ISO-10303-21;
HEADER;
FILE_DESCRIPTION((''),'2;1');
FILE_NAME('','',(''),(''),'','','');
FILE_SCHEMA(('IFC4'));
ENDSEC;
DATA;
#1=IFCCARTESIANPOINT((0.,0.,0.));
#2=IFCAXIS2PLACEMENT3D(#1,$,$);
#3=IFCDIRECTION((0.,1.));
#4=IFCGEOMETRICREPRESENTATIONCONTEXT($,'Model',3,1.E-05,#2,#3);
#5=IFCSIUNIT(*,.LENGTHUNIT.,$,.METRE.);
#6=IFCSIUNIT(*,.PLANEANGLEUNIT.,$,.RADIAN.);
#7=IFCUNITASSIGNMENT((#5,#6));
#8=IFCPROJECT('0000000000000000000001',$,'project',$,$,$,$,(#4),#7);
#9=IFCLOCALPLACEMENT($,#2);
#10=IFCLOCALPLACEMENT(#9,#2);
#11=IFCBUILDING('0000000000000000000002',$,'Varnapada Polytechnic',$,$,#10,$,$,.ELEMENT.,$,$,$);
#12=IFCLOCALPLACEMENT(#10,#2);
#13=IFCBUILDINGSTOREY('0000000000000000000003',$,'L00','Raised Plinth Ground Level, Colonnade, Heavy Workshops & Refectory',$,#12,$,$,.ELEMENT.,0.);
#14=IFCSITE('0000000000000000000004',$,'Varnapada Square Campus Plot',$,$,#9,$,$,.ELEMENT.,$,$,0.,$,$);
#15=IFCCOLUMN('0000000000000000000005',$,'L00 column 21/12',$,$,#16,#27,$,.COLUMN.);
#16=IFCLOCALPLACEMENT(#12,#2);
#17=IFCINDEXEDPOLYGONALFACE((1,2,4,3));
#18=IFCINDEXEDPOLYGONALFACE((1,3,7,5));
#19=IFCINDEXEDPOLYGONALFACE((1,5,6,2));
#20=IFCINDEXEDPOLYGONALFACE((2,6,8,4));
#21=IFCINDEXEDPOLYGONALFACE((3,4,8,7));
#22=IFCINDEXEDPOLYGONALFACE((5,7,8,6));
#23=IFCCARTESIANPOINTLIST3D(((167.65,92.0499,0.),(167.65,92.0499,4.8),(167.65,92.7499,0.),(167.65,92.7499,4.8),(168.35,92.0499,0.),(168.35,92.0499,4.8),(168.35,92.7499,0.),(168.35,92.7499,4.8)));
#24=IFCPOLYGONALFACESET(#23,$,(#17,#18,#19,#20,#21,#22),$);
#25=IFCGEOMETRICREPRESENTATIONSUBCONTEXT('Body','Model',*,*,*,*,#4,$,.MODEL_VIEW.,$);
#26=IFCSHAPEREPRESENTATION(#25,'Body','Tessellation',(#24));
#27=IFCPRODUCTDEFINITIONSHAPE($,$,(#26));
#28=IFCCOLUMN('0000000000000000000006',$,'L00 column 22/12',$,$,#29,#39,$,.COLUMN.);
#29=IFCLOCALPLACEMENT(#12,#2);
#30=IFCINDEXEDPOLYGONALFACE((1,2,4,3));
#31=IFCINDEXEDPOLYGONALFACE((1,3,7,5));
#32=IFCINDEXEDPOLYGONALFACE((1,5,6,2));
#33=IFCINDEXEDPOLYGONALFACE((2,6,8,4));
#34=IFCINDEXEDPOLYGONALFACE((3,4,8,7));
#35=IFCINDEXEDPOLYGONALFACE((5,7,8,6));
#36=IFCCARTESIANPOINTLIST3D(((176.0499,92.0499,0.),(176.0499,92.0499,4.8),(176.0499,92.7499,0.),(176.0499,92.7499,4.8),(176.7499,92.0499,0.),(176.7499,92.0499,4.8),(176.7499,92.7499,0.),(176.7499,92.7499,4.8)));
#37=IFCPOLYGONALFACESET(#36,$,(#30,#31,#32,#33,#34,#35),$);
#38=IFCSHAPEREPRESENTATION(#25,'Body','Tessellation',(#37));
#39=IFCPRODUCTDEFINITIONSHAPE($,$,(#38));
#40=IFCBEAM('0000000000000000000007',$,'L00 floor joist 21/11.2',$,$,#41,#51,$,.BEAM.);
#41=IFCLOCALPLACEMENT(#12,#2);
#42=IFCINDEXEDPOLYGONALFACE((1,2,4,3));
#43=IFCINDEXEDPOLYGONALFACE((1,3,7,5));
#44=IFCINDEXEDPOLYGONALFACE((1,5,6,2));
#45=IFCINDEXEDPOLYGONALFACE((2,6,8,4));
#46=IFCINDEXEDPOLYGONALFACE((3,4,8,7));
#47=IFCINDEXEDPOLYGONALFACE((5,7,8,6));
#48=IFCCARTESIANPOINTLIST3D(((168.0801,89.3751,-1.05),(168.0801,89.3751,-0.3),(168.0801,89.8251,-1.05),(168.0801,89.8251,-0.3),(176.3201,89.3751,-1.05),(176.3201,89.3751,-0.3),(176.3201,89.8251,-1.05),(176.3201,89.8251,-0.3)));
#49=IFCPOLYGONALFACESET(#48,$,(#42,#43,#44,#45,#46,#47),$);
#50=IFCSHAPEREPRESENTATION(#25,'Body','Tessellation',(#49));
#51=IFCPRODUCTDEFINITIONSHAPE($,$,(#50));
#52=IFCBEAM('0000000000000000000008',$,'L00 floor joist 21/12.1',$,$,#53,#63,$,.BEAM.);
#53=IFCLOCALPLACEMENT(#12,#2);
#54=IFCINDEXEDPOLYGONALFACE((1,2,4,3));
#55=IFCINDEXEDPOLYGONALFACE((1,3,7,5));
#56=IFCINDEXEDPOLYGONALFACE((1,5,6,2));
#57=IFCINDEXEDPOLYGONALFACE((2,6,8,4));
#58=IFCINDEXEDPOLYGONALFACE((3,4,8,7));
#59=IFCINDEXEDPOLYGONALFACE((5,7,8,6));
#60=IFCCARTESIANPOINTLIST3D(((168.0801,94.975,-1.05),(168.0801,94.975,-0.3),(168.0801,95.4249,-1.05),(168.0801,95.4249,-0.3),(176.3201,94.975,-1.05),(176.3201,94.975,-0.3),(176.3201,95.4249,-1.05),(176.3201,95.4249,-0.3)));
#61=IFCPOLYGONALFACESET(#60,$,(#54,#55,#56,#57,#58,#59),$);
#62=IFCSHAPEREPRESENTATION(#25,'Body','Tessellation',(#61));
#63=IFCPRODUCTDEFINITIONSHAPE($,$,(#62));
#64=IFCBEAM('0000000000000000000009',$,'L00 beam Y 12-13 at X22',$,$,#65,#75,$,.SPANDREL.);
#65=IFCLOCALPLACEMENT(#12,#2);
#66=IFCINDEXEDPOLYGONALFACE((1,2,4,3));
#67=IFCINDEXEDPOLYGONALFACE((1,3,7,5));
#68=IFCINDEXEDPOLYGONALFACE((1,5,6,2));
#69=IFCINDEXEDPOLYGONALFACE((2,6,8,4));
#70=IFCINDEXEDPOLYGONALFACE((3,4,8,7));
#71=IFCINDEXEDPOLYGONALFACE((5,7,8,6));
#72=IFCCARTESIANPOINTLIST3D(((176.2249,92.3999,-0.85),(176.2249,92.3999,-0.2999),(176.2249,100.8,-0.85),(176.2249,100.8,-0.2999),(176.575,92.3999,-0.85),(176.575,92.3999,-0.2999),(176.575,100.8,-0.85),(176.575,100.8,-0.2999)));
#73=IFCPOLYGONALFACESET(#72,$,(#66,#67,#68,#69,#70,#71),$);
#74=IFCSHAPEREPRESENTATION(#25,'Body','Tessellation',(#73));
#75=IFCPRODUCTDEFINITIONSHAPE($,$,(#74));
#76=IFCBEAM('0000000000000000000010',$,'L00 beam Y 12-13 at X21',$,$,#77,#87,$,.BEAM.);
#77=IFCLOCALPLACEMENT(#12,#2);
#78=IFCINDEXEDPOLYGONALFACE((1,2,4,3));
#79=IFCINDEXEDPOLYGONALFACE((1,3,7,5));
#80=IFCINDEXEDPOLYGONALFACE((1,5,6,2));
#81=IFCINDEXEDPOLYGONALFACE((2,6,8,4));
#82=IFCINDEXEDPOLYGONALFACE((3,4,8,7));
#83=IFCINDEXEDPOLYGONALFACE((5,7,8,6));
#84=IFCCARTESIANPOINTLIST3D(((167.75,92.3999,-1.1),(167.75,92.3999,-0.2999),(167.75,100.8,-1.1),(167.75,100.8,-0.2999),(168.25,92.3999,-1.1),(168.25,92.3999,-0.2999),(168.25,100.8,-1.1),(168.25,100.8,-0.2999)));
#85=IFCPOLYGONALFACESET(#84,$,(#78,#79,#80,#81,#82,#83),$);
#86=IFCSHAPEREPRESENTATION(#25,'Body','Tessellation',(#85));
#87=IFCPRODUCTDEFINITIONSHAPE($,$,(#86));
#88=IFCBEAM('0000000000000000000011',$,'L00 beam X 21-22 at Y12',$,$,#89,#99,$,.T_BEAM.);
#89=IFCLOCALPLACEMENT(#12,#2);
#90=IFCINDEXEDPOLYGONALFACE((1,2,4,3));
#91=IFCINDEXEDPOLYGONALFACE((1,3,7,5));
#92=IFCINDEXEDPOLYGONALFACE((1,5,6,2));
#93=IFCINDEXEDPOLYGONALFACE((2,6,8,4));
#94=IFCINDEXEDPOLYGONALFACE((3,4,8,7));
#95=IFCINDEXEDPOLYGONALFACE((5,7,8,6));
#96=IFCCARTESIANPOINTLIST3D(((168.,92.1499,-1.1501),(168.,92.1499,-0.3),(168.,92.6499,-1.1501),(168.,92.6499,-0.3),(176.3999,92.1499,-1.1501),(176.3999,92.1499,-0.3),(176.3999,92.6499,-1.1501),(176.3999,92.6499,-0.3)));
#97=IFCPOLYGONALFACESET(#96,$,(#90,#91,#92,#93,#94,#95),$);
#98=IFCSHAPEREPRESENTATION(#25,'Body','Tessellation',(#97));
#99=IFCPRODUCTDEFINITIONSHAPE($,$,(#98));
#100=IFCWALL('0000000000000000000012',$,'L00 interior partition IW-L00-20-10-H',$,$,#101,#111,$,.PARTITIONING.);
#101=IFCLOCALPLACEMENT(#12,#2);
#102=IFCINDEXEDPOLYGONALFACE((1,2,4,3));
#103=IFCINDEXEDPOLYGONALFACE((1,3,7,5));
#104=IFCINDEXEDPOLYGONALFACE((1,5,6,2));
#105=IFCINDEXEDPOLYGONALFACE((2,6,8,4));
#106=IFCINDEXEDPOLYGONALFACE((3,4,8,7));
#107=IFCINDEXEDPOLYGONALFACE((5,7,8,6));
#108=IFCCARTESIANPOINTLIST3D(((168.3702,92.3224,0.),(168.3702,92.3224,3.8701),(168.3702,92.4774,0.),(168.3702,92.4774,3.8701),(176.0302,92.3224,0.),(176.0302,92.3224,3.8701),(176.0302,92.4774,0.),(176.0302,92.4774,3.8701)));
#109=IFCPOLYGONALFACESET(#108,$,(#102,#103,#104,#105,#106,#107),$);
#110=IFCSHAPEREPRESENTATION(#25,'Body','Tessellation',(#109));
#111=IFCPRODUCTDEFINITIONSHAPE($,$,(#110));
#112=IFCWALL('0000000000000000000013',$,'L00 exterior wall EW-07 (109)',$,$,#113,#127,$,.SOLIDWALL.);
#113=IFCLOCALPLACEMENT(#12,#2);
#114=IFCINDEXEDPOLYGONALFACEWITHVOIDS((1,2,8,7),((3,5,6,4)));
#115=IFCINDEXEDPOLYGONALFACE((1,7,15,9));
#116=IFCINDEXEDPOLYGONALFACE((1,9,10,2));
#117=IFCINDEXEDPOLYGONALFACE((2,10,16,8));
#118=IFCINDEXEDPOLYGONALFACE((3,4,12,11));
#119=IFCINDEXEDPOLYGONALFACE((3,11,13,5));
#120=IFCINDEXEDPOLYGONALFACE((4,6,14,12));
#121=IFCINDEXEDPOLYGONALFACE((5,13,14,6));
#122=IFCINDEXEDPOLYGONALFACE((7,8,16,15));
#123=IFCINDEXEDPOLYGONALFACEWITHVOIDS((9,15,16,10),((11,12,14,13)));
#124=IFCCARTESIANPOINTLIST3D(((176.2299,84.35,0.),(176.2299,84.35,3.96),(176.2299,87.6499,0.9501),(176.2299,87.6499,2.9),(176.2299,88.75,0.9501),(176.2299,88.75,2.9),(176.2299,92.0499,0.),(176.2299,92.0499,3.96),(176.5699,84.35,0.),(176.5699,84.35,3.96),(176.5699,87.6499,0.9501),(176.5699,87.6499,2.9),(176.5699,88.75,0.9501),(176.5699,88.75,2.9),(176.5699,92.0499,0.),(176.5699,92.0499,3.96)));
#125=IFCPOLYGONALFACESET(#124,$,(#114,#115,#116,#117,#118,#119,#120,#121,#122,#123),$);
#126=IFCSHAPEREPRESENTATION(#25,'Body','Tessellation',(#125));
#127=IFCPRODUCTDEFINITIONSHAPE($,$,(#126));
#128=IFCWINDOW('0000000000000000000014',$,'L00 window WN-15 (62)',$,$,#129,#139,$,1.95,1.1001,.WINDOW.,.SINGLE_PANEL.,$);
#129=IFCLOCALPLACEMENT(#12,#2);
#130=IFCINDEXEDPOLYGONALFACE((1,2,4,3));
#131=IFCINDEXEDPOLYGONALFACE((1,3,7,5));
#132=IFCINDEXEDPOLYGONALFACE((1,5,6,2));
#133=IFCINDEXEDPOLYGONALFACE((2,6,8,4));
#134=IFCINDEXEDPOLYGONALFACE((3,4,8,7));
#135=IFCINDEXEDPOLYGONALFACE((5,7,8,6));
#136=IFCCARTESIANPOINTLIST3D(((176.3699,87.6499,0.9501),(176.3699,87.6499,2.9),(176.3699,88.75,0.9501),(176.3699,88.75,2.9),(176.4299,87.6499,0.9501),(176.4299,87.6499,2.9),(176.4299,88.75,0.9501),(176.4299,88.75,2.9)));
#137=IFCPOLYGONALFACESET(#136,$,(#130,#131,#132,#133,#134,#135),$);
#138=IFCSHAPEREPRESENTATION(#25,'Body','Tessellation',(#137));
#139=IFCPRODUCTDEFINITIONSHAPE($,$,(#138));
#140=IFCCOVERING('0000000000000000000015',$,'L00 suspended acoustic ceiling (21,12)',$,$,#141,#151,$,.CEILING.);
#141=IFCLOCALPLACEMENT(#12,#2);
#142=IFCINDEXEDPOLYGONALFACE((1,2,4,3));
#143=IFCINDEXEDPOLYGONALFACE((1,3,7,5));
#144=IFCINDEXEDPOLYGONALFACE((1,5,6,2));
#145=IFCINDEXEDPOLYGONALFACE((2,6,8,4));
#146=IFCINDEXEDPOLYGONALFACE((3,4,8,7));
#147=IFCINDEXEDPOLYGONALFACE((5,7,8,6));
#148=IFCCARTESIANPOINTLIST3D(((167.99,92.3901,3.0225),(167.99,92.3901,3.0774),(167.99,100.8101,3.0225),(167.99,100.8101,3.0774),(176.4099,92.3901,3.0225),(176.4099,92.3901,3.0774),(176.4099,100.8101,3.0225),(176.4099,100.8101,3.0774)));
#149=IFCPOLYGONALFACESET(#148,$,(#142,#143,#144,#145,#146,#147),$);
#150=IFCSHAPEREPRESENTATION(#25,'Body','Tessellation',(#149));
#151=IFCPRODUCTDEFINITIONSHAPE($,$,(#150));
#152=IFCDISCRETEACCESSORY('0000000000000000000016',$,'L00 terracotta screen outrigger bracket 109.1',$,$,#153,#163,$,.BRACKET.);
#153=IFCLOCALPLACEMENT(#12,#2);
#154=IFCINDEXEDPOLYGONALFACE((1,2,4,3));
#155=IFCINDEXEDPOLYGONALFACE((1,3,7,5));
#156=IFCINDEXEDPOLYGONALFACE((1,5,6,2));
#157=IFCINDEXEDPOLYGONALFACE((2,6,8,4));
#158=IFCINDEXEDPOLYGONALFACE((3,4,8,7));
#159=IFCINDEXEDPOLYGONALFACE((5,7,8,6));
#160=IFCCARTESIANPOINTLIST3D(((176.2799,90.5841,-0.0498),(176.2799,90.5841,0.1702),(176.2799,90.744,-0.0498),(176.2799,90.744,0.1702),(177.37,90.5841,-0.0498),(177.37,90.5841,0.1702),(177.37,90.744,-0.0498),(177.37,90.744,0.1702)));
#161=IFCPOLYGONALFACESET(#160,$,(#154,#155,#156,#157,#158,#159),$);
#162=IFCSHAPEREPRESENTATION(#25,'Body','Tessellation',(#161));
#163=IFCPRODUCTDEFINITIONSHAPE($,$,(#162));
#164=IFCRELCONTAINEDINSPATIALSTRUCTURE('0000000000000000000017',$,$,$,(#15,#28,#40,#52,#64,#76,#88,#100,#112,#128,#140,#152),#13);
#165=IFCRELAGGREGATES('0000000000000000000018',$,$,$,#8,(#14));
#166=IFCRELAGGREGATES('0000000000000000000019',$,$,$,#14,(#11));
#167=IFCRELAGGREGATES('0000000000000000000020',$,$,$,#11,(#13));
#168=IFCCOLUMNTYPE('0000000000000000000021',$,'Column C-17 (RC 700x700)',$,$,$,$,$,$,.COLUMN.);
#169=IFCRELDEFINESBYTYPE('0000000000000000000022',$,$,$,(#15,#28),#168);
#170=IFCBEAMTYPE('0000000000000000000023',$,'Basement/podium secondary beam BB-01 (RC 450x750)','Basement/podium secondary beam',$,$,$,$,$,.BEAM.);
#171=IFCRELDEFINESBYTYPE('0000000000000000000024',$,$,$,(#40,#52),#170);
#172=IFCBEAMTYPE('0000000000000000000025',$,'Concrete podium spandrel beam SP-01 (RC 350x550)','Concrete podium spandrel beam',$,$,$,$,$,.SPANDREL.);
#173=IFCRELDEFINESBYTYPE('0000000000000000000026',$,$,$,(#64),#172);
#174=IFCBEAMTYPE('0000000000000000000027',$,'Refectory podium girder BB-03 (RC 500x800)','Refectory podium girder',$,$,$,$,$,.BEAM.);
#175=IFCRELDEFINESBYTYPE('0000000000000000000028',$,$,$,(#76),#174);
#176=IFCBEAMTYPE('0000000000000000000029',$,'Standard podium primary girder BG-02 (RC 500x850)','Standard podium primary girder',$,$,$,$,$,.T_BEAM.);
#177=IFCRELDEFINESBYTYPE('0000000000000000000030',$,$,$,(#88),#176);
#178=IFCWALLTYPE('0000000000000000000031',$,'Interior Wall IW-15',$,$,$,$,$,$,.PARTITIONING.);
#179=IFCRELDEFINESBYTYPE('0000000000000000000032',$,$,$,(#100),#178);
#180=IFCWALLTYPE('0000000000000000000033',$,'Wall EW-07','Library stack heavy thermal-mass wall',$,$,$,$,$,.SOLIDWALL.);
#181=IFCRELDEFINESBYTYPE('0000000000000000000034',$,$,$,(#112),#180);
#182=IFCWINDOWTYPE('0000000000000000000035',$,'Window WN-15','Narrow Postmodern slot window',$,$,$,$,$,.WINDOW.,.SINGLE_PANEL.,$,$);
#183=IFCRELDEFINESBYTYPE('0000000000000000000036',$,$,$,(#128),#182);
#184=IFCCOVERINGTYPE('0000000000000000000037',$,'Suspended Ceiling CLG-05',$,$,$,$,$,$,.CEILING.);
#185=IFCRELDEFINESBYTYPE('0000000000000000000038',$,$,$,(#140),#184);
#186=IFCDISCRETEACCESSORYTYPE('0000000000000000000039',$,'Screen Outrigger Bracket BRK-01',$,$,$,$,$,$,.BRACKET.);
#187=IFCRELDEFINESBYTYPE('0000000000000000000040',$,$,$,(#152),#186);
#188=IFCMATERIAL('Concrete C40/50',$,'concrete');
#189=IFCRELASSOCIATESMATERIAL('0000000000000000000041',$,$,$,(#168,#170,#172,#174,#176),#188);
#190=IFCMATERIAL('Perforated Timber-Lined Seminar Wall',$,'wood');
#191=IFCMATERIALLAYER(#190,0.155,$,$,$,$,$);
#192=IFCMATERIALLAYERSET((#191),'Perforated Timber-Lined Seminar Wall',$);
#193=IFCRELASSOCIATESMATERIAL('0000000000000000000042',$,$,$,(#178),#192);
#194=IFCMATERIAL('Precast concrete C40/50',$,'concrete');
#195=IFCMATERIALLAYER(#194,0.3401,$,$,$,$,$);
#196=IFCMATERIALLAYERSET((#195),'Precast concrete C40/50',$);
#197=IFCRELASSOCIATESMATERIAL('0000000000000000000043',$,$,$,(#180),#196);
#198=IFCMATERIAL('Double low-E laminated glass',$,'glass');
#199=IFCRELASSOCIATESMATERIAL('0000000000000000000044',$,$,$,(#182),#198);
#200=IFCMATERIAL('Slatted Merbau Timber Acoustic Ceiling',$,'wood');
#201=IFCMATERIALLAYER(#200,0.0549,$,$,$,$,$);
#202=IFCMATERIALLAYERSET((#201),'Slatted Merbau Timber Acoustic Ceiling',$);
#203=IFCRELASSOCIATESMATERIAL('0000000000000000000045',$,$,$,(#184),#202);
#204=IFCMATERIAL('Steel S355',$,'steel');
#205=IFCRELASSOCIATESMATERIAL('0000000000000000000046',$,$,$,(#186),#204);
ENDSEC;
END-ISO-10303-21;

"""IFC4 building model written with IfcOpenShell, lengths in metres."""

from ifc_helpers import new_model, si_unit, direction, frame, frame_2d, origin, origin_2d, place, context, subcontext, project, spatial, rectangle, extrude, material, layer, layer_set, material_profile, profile_set, type_object, element, fill, save


model = new_model("IFC4")

# Units and contexts
model_context = context("Model", 3, precision=1e-05, world=origin(), true_north=direction((0.0, 1.0)))
body_context = subcontext(model_context, "Body", "Model", "MODEL_VIEW")
ifc_project = project(units=[si_unit("LENGTHUNIT", "METRE"), si_unit("PLANEANGLEUNIT", "RADIAN")], contexts=[model_context])

# Site, building, storey
site_placement = place(None, origin())
site = spatial("IfcSite", under=ifc_project, at=site_placement, Name="Varnapada Square Campus Plot", CompositionType="ELEMENT", RefElevation=0.0)
building_placement = place(site_placement, origin())
building = spatial("IfcBuilding", under=site, at=building_placement, Name="Varnapada Polytechnic", CompositionType="ELEMENT")
storey_placement = place(building_placement, origin())
storey = spatial("IfcBuildingStorey", under=building, at=storey_placement, Name="L00", Description="Raised Plinth Ground Level, Colonnade, Heavy Workshops & Refectory", CompositionType="ELEMENT", Elevation=0.0)

# Columns
ifc_material_1 = material(Name="Concrete C40/50", Category="concrete")
ifc_material_profile_1 = material_profile(ifc_material_1, rectangle(XDim=0.7, YDim=0.7, at=origin_2d()), Name="RC 700x700")
ifc_profile_set_1 = profile_set([ifc_material_profile_1], Name="Concrete C40/50")
column_type = type_object("IfcColumnType", Name="Column C-17 (RC 700x700)", PredefinedType="COLUMN", material=ifc_profile_set_1)
for number, where, z_axis, x_axis, name in (
    (1, (168.0, 92.3999, 0.0), (0.0, 0.0, 1.0), (1.0, 0.0, 0.0), "L00 column 21/12"),
    (2, (176.3999, 92.3999, 0.0), (0.0, 0.0, 1.0), (1.0, 0.0, 0.0), "L00 column 22/12"),
):
    element("IfcColumn", number, at=place(storey_placement, frame(where, z_axis=z_axis, x_axis=x_axis)), inside=storey, type_object=column_type, Name=name, PredefinedType="COLUMN", context=body_context, shape_type="SweptSolid", body=[
        extrude(rectangle(XDim=0.7, YDim=0.7, at=origin_2d()), origin(), (0.0, 0.0, 1.0), 4.8),
    ])

# Beams
ifc_material_profile_2 = material_profile(ifc_material_1, rectangle(XDim=0.45, YDim=0.75, at=origin_2d()), Name="RC 450x750")
ifc_profile_set_2 = profile_set([ifc_material_profile_2], Name="Concrete C40/50")
beam_type_1 = type_object("IfcBeamType", Name="Basement/podium secondary beam BB-01 (RC 450x750)", Description="Basement/podium secondary beam", PredefinedType="BEAM", material=ifc_profile_set_2)
for number, where, z_axis, x_axis, name in (
    (3, (168.0801, 89.6001, -0.675), (1.0, 0.0, 0.0), (0.0, 1.0, 0.0), "L00 floor joist 21/11.2"),
    (4, (168.0801, 95.2, -0.675), (1.0, 0.0, 0.0), (0.0, 1.0, 0.0), "L00 floor joist 21/12.1"),
):
    element("IfcBeam", number, at=place(storey_placement, frame(where, z_axis=z_axis, x_axis=x_axis)), inside=storey, type_object=beam_type_1, Name=name, PredefinedType="BEAM", context=body_context, shape_type="SweptSolid", body=[
        extrude(rectangle(XDim=0.45, YDim=0.75, at=origin_2d()), origin(), (0.0, 0.0, 1.0), 8.24),
    ])
ifc_material_profile_3 = material_profile(ifc_material_1, rectangle(XDim=0.3501, YDim=0.55, at=origin_2d()), Name="RC 350x550")
ifc_profile_set_3 = profile_set([ifc_material_profile_3], Name="Concrete C40/50")
beam_type_2 = type_object("IfcBeamType", Name="Concrete podium spandrel beam SP-01 (RC 350x550)", Description="Concrete podium spandrel beam", PredefinedType="SPANDREL", material=ifc_profile_set_3)
beam_1_placement = place(storey_placement, frame((176.3999, 92.3999, -0.575), z_axis=(0.0, 1.0, 0.0), x_axis=(-1.0, 0.0, 0.0)))
element("IfcBeam", 5, at=beam_1_placement, inside=storey, type_object=beam_type_2, Name="L00 beam Y 12-13 at X22", PredefinedType="SPANDREL", context=body_context, shape_type="SweptSolid", body=[
    extrude(rectangle(XDim=0.3501, YDim=0.55, at=origin_2d()), origin(), (0.0, 0.0, 1.0), 8.4001),
])
ifc_material_profile_4 = material_profile(ifc_material_1, rectangle(XDim=0.5, YDim=0.8, at=origin_2d()), Name="RC 500x800")
ifc_profile_set_4 = profile_set([ifc_material_profile_4], Name="Concrete C40/50")
beam_type_3 = type_object("IfcBeamType", Name="Refectory podium girder BB-03 (RC 500x800)", Description="Refectory podium girder", PredefinedType="BEAM", material=ifc_profile_set_4)
beam_2_placement = place(storey_placement, frame((168.0, 92.3999, -0.7), z_axis=(0.0, 1.0, 0.0), x_axis=(-1.0, 0.0, 0.0)))
element("IfcBeam", 6, at=beam_2_placement, inside=storey, type_object=beam_type_3, Name="L00 beam Y 12-13 at X21", PredefinedType="BEAM", context=body_context, shape_type="SweptSolid", body=[
    extrude(rectangle(XDim=0.5, YDim=0.8, at=origin_2d()), origin(), (0.0, 0.0, 1.0), 8.4001),
])
ifc_material_profile_5 = material_profile(ifc_material_1, rectangle(XDim=0.5, YDim=0.8501, at=origin_2d()), Name="RC 500x850")
ifc_profile_set_5 = profile_set([ifc_material_profile_5], Name="Concrete C40/50")
beam_type_4 = type_object("IfcBeamType", Name="Standard podium primary girder BG-02 (RC 500x850)", Description="Standard podium primary girder", PredefinedType="T_BEAM", material=ifc_profile_set_5)
beam_3_placement = place(storey_placement, frame((168.0, 92.3999, -0.7251), z_axis=(1.0, 0.0, 0.0), x_axis=(0.0, 1.0, 0.0)))
element("IfcBeam", 7, at=beam_3_placement, inside=storey, type_object=beam_type_4, Name="L00 beam X 21-22 at Y12", PredefinedType="T_BEAM", context=body_context, shape_type="SweptSolid", body=[
    extrude(rectangle(XDim=0.5, YDim=0.8501, at=origin_2d()), origin(), (0.0, 0.0, 1.0), 8.3999),
])

# Wall
ifc_material_2 = material(Name="Perforated Timber-Lined Seminar Wall", Category="wood")
ifc_layer_1 = layer(ifc_material_2, 0.155)
ifc_layer_set_1 = layer_set([ifc_layer_1], Name="Perforated Timber-Lined Seminar Wall")
wall_type_1 = type_object("IfcWallType", Name="Interior Wall IW-15", PredefinedType="PARTITIONING", material=ifc_layer_set_1)
wall_1_placement = place(storey_placement, frame((168.3701, 92.3999, 0.0), z_axis=(0.0, 0.0, 1.0), x_axis=(1.0, 0.0, 0.0)))
element("IfcWall", 8, at=wall_1_placement, inside=storey, type_object=wall_type_1, Name="L00 interior partition IW-L00-20-10-H", PredefinedType="PARTITIONING", context=body_context, shape_type="SweptSolid", body=[
    extrude(rectangle(XDim=7.6599, YDim=0.155, at=frame_2d((3.8301, 0.0))), origin(), (0.0, 0.0, 1.0), 3.8701),
])

# Wall, opening, window
ifc_material_3 = material(Name="Precast concrete C40/50", Category="concrete")
ifc_layer_2 = layer(ifc_material_3, 0.3401)
ifc_layer_set_2 = layer_set([ifc_layer_2], Name="Precast concrete C40/50")
wall_type_2 = type_object("IfcWallType", Name="Wall EW-07", Description="Library stack heavy thermal-mass wall", PredefinedType="SOLIDWALL", material=ifc_layer_set_2)
wall_2_placement = place(storey_placement, frame((176.3999, 92.05, 0.0), z_axis=(0.0, 0.0, 1.0), x_axis=(0.0, -1.0, 0.0)))
wall_2 = element("IfcWall", 9, at=wall_2_placement, inside=storey, type_object=wall_type_2, Name="L00 exterior wall EW-07 (109)", PredefinedType="SOLIDWALL", context=body_context, shape_type="SweptSolid", body=[
    extrude(rectangle(XDim=7.7, YDim=0.3401, at=frame_2d((3.8501, 0.0))), origin(), (0.0, 0.0, 1.0), 3.96),
])
opening_1_placement = place(wall_2_placement, frame((3.3, 0.0, 0.95)))
opening_1 = element("IfcOpeningElement", 10, at=opening_1_placement, cuts=wall_2, PredefinedType="OPENING", context=body_context, shape_type="SweptSolid", body=[
    extrude(rectangle(XDim=1.1001, YDim=1.95, at=frame_2d((0.55, 0.9751))), frame((0.0, 0.1799, 0.0), z_axis=(0.0, -1.0, 0.0), x_axis=(1.0, 0.0, 0.0)), (0.0, 0.0, 1.0), 0.3601),
])
ifc_material_4 = material(Name="Double low-E laminated glass", Category="glass")
window_type = type_object("IfcWindowType", Name="Window WN-15", Description="Narrow Postmodern slot window", PartitioningType="SINGLE_PANEL", PredefinedType="WINDOW", material=ifc_material_4)
window_placement = place(opening_1_placement, origin())
window = element("IfcWindow", 11, at=window_placement, inside=storey, type_object=window_type, Name="L00 window WN-15 (62)", OverallHeight=1.95, OverallWidth=1.1001, PartitioningType="SINGLE_PANEL", PredefinedType="WINDOW", context=body_context, shape_type="SweptSolid", body=[
    extrude(rectangle(XDim=1.1001, YDim=1.95, at=frame_2d((0.55, 0.9751))), frame((0.0, 0.03, 0.0), z_axis=(0.0, -1.0, 0.0), x_axis=(1.0, 0.0, 0.0)), (0.0, 0.0, 1.0), 0.0601),
])
fill(opening_1, window)

# Covering
ifc_material_5 = material(Name="Slatted Merbau Timber Acoustic Ceiling", Category="wood")
ifc_layer_3 = layer(ifc_material_5, 0.0549)
ifc_layer_set_3 = layer_set([ifc_layer_3], Name="Slatted Merbau Timber Acoustic Ceiling")
covering_type_1 = type_object("IfcCoveringType", Name="Suspended Ceiling CLG-05", PredefinedType="CEILING", material=ifc_layer_set_3)
covering_1_placement = place(storey_placement, frame((172.2, 96.6001, 3.0225), z_axis=(0.0, 0.0, 1.0), x_axis=(1.0, 0.0, 0.0)))
element("IfcCovering", 12, at=covering_1_placement, inside=storey, type_object=covering_type_1, Name="L00 suspended acoustic ceiling (21,12)", PredefinedType="CEILING", context=body_context, shape_type="SweptSolid", body=[
    extrude(rectangle(XDim=8.4199, YDim=8.4199, at=origin_2d()), origin(), (0.0, 0.0, 1.0), 0.0549),
])

# Discrete accessory
ifc_material_6 = material(Name="Steel S355", Category="steel")
discrete_accessory_type = type_object("IfcDiscreteAccessoryType", Name="Screen Outrigger Bracket BRK-01", PredefinedType="BRACKET", material=ifc_material_6)
discrete_accessory_placement = place(storey_placement, frame((176.825, 90.6641, -0.0498), z_axis=(0.0, 0.0, 1.0), x_axis=(0.0, -1.0, 0.0)))
element("IfcDiscreteAccessory", 13, at=discrete_accessory_placement, inside=storey, type_object=discrete_accessory_type, Name="L00 terracotta screen outrigger bracket 109.1", PredefinedType="BRACKET", context=body_context, shape_type="SweptSolid", body=[
    extrude(rectangle(XDim=0.1599, YDim=1.0901, at=origin_2d()), origin(), (0.0, 0.0, 1.0), 0.22),
])

save(model, "model.ifc")
